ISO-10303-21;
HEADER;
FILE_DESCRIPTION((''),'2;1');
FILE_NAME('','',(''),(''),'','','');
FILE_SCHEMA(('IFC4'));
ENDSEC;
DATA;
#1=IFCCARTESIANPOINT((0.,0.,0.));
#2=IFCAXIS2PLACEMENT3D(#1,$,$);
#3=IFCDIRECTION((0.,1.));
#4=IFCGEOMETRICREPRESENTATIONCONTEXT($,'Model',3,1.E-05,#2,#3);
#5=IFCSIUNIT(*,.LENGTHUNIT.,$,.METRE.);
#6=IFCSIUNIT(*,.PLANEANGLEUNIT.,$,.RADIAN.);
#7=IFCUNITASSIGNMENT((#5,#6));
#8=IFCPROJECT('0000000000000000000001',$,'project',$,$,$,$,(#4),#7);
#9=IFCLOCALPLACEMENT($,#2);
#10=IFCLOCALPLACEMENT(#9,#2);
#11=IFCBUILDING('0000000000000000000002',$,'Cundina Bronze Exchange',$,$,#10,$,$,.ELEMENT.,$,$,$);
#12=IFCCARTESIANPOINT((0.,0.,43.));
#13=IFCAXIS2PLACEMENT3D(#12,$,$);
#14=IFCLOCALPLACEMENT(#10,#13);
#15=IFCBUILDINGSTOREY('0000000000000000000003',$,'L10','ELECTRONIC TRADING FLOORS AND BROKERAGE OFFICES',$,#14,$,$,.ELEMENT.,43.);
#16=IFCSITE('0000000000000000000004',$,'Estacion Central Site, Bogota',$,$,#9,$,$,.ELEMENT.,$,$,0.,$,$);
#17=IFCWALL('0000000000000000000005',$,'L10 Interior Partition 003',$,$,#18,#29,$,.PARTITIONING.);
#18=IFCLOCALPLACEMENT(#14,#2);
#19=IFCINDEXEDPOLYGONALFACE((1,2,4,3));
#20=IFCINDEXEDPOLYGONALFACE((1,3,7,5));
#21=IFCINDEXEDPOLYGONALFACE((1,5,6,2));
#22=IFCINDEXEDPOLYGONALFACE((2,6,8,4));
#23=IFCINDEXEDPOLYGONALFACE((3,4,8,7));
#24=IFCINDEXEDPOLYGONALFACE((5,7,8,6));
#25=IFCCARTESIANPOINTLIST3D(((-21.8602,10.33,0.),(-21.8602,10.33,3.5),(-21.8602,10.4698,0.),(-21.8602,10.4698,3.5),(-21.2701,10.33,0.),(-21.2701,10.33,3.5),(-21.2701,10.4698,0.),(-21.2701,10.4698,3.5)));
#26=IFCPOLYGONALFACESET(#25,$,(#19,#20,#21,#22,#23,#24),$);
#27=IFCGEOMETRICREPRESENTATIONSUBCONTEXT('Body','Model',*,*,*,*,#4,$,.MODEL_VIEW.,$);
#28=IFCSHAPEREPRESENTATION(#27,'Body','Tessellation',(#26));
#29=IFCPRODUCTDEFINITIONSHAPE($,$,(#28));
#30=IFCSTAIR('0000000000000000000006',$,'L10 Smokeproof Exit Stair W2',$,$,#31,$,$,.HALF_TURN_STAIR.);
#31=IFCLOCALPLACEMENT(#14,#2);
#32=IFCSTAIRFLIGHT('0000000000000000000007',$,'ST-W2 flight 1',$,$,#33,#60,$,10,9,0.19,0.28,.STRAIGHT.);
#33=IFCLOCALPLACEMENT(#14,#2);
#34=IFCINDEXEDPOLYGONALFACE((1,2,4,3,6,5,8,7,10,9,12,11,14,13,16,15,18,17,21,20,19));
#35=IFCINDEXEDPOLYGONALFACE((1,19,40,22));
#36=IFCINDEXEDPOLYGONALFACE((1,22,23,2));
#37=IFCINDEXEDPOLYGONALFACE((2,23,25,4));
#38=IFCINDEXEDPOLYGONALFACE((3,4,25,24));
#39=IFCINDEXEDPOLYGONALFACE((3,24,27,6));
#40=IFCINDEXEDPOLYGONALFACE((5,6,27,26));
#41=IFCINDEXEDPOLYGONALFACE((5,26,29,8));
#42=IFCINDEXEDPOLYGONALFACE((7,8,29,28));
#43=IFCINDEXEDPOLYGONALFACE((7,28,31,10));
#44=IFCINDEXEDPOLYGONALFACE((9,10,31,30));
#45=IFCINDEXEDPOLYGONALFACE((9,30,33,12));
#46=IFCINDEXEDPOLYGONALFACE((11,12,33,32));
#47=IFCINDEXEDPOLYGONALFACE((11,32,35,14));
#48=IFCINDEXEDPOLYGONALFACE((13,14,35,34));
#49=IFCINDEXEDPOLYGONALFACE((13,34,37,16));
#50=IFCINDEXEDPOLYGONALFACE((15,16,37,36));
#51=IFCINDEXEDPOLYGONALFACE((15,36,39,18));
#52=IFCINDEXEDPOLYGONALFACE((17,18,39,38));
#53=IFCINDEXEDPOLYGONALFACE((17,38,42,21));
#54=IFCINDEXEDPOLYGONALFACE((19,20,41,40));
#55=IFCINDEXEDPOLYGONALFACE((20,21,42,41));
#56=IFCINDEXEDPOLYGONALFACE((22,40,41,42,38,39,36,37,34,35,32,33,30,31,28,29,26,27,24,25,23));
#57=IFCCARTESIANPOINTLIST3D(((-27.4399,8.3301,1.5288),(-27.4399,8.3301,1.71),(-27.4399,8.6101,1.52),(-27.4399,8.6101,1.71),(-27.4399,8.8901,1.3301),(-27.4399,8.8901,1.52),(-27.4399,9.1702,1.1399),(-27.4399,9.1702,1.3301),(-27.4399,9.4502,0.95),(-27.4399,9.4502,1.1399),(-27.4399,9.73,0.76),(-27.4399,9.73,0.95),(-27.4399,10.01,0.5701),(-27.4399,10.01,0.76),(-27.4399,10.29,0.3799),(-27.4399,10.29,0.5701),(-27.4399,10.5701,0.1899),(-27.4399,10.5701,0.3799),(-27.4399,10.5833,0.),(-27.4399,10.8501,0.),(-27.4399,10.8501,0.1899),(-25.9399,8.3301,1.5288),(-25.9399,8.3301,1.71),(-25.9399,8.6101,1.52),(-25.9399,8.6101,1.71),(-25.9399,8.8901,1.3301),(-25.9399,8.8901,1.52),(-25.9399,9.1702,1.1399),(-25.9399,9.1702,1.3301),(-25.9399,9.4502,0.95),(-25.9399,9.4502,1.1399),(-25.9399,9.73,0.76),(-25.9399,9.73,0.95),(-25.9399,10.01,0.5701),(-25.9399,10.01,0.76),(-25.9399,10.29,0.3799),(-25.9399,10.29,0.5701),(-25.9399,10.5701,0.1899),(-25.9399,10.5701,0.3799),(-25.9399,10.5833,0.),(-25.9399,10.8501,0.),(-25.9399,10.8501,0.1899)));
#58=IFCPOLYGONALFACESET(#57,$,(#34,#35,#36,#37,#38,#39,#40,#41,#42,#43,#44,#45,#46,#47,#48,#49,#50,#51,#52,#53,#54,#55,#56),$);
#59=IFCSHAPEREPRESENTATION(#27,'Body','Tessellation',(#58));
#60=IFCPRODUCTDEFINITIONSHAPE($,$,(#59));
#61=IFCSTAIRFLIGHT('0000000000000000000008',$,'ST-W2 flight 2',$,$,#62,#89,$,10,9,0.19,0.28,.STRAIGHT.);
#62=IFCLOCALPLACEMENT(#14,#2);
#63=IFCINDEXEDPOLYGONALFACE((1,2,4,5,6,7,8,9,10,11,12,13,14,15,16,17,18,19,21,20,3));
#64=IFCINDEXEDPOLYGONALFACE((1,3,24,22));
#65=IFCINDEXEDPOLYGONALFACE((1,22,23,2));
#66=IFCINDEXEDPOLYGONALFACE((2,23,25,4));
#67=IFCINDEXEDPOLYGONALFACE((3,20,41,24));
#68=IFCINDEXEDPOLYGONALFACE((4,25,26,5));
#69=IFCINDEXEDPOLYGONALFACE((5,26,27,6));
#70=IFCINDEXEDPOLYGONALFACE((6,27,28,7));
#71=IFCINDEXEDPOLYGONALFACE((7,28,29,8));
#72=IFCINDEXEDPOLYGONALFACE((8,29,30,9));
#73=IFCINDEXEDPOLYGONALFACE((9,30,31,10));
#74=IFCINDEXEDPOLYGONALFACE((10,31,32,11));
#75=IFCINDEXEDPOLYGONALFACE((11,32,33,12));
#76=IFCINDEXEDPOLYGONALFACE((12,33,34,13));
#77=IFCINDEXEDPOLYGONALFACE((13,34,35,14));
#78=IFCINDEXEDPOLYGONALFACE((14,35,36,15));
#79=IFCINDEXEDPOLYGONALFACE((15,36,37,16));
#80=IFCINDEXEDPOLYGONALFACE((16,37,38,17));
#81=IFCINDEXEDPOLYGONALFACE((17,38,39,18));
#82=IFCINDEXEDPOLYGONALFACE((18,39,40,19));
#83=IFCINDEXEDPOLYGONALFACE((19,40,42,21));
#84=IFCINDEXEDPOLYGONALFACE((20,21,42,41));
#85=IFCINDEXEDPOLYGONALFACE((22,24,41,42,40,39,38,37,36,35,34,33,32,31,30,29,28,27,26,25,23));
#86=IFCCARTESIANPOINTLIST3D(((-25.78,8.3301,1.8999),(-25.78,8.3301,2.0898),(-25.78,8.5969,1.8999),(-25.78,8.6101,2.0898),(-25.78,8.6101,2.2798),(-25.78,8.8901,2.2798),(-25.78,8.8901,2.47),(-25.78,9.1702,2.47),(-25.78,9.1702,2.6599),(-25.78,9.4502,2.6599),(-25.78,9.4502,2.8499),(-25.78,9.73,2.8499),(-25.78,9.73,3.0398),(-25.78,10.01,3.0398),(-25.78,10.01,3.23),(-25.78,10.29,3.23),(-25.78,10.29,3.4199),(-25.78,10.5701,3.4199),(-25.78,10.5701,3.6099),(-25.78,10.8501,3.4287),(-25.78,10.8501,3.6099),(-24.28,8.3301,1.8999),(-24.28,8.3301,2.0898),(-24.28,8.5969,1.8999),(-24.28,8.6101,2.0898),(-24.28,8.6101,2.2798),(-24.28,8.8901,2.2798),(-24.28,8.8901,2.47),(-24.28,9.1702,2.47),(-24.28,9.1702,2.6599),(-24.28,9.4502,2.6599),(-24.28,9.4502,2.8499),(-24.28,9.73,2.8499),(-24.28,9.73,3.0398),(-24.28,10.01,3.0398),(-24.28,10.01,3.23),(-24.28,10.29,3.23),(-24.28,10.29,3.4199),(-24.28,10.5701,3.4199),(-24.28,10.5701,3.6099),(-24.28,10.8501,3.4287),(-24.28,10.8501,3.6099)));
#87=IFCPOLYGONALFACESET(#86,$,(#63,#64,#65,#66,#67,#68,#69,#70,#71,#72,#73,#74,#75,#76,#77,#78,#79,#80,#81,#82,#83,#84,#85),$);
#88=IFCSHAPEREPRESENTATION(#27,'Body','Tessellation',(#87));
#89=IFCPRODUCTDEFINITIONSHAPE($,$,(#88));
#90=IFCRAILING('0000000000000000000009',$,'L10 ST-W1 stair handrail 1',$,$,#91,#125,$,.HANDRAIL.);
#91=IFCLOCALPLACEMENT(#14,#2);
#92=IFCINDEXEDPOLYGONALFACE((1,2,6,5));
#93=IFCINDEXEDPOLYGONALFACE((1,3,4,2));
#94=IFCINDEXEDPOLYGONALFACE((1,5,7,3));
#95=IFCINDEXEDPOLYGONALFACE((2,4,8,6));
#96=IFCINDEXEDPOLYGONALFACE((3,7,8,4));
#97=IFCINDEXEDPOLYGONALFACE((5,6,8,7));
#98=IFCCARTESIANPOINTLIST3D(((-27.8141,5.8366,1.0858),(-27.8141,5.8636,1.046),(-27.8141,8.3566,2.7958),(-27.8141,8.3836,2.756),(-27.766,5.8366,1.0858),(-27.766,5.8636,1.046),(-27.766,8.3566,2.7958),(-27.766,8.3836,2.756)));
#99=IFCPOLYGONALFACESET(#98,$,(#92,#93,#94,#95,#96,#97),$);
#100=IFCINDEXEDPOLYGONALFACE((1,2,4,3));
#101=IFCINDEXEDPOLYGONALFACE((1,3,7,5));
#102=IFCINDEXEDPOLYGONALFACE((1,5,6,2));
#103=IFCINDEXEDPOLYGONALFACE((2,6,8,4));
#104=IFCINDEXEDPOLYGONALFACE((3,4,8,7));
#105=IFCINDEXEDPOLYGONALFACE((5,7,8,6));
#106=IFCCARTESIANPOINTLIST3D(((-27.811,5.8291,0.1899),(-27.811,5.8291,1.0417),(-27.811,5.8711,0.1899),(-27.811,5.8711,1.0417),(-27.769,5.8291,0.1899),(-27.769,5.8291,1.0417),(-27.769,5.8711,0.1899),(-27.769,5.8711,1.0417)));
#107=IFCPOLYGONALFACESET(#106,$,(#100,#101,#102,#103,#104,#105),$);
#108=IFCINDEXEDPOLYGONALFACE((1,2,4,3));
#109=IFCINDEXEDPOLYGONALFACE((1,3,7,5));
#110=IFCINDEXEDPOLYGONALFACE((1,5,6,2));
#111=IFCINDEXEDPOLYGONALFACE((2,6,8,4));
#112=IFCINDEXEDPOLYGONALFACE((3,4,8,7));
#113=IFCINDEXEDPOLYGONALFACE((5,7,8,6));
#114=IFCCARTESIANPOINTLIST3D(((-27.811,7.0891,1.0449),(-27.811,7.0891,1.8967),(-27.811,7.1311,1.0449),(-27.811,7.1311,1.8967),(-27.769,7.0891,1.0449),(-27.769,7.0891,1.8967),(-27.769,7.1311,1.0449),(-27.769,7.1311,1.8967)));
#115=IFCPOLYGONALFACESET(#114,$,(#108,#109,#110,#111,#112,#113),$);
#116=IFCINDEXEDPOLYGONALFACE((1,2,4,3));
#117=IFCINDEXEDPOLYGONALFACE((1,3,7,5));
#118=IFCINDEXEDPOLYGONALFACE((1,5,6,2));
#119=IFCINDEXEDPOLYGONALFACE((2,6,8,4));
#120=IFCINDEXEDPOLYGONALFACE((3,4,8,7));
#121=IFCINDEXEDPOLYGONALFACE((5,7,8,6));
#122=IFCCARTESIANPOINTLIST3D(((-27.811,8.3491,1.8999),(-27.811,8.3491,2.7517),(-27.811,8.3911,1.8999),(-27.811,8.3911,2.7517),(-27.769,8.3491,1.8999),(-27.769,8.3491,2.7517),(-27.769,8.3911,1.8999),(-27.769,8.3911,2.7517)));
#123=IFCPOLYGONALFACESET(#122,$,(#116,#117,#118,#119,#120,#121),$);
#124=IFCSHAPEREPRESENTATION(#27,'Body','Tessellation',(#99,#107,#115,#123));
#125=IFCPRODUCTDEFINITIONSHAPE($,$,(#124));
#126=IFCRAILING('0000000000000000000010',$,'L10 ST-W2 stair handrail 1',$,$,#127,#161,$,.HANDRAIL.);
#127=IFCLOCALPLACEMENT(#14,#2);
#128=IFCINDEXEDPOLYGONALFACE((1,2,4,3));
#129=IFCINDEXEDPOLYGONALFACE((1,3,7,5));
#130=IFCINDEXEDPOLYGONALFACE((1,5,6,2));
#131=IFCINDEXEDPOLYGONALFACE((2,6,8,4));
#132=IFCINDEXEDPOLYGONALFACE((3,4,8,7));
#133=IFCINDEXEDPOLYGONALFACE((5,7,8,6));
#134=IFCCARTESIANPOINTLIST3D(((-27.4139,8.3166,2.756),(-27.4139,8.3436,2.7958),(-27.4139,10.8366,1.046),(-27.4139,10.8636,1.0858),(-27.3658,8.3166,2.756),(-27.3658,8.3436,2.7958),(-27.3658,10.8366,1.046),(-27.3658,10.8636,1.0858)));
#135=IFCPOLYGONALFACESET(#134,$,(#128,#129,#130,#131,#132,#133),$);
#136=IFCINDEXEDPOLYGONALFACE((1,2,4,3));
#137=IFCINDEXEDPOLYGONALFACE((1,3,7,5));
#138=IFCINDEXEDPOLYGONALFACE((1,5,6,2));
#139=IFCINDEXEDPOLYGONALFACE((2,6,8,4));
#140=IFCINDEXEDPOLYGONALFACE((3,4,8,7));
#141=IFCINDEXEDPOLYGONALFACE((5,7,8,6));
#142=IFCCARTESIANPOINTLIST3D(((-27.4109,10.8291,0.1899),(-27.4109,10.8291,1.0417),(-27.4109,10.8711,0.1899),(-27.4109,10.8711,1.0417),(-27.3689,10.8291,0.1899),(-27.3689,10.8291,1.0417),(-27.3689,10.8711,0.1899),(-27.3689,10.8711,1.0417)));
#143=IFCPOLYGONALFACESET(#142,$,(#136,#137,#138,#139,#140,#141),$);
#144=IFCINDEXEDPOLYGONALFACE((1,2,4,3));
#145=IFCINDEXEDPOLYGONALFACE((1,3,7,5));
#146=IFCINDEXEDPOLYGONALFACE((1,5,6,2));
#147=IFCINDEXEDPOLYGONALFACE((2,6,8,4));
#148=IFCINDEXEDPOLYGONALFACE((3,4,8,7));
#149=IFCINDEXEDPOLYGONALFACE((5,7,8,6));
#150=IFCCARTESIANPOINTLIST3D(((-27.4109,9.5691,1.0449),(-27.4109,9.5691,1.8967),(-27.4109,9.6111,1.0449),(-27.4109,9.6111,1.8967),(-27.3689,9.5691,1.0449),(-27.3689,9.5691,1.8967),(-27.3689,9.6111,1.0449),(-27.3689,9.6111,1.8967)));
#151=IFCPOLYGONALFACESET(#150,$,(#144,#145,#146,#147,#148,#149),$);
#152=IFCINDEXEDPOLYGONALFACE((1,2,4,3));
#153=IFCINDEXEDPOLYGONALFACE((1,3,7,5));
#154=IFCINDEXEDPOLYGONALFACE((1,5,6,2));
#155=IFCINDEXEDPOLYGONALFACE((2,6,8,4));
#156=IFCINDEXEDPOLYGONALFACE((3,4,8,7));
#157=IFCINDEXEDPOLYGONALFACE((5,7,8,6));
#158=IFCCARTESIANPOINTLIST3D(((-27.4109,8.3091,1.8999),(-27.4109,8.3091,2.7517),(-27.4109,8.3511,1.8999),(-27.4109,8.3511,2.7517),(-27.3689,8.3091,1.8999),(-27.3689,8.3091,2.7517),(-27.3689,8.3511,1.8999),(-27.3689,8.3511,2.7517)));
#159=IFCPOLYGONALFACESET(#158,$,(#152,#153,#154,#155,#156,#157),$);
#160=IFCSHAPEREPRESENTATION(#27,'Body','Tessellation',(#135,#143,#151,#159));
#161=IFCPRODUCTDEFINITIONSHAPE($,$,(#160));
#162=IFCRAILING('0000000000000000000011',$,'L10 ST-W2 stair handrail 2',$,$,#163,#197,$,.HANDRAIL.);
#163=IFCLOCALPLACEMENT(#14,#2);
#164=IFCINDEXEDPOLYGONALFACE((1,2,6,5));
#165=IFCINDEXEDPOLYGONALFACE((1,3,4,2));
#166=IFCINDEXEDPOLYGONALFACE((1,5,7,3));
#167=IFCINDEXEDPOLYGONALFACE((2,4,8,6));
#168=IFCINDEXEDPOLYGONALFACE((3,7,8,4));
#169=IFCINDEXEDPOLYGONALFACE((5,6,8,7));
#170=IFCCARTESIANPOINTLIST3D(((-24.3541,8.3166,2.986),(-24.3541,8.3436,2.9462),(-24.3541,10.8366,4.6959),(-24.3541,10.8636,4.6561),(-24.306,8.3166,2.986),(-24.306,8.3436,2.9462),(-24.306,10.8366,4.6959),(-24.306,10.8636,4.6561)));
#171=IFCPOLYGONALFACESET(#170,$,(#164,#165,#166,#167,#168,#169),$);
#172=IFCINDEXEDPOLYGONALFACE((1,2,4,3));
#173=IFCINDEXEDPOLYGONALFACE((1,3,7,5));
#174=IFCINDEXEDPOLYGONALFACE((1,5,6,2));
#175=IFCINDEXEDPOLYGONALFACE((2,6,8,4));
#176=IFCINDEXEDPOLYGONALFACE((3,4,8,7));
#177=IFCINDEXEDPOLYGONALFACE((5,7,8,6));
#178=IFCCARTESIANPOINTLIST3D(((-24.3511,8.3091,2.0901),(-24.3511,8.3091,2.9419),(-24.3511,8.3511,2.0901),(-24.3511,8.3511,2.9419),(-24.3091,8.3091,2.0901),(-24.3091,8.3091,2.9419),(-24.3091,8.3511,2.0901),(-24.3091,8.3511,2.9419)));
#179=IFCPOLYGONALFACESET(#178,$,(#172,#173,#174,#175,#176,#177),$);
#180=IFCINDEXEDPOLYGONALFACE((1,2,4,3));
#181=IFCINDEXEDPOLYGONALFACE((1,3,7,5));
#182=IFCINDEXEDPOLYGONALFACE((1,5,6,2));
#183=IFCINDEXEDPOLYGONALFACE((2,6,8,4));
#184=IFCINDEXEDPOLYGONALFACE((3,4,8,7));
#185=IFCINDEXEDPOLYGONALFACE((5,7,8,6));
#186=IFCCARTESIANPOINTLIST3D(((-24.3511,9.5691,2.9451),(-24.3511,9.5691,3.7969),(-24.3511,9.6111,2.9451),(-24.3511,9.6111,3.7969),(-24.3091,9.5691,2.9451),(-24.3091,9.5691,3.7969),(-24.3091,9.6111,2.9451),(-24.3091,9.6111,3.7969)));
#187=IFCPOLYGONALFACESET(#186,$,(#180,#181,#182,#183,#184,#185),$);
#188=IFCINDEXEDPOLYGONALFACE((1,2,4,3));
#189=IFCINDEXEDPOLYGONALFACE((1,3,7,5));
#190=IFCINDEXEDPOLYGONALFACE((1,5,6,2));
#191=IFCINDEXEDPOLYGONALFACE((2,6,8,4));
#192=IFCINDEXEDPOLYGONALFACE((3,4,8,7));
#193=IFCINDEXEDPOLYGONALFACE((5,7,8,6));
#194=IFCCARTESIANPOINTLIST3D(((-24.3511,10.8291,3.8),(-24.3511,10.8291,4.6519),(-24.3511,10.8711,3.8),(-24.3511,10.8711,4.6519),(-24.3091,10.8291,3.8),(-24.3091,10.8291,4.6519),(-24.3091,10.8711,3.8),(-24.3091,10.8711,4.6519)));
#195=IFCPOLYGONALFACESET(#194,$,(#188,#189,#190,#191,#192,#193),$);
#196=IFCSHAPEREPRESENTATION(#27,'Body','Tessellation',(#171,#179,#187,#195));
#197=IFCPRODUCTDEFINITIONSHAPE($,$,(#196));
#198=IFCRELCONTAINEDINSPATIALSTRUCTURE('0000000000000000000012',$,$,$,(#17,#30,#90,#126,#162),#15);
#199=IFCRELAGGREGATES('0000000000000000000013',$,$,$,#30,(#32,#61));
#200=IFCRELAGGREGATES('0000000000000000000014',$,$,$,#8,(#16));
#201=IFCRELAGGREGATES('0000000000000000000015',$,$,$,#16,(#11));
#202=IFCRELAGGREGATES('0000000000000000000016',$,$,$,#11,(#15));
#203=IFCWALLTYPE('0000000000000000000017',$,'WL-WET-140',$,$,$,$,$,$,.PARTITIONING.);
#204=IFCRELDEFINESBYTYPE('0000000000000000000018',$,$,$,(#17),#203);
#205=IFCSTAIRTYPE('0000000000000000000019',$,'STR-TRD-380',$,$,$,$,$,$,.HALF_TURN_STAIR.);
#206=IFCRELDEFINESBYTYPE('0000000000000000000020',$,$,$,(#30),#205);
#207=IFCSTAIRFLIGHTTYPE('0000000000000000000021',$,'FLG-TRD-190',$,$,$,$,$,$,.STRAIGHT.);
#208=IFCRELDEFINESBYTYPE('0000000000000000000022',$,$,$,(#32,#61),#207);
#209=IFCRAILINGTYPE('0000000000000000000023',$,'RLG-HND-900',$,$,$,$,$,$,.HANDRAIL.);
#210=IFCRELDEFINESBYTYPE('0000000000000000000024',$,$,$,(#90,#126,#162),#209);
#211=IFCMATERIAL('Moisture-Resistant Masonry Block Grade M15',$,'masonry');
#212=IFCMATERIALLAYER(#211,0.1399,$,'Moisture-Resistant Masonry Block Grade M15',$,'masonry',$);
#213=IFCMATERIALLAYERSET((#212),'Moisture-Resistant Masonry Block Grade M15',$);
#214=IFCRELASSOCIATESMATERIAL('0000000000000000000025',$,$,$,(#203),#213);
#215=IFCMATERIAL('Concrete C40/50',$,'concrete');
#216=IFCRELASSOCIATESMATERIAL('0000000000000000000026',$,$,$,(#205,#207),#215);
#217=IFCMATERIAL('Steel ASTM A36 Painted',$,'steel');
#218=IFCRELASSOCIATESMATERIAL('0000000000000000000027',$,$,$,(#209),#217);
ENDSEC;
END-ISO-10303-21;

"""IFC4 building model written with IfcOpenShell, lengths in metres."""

from ifc_helpers import new_model, si_unit, direction, frame, frame_2d, origin, origin_2d, place, context, subcontext, project, spatial, polyline, rectangle, outline, extrude, material, layer, layer_set, type_object, element, aggregate, save


model = new_model("IFC4")

# Units and contexts
model_context = context("Model", 3, precision=1e-05, world=origin(), true_north=direction((0.0, 1.0)))
body_context = subcontext(model_context, "Body", "Model", "MODEL_VIEW")
ifc_project = project(units=[si_unit("LENGTHUNIT", "METRE"), si_unit("PLANEANGLEUNIT", "RADIAN")], contexts=[model_context])

# Site, building, storey
site_placement = place(None, origin())
site = spatial("IfcSite", under=ifc_project, at=site_placement, Name="Estacion Central Site, Bogota", CompositionType="ELEMENT", RefElevation=0.0)
building_placement = place(site_placement, origin())
building = spatial("IfcBuilding", under=site, at=building_placement, Name="Cundina Bronze Exchange", CompositionType="ELEMENT")
storey_placement = place(building_placement, frame((0.0, 0.0, 43.0)))
storey = spatial("IfcBuildingStorey", under=building, at=storey_placement, Name="L10", Description="ELECTRONIC TRADING FLOORS AND BROKERAGE OFFICES", CompositionType="ELEMENT", Elevation=43.0)

# Shared definitions
ifc_material_1 = material(Name="Steel ASTM A36 Painted", Category="steel")

# Wall
ifc_material_2 = material(Name="Moisture-Resistant Masonry Block Grade M15", Category="masonry")
ifc_layer_1 = layer(ifc_material_2, 0.1399, Name="Moisture-Resistant Masonry Block Grade M15", Category="masonry")
ifc_layer_set_1 = layer_set([ifc_layer_1], Name="Moisture-Resistant Masonry Block Grade M15")
wall_type_1 = type_object("IfcWallType", Name="WL-WET-140", PredefinedType="PARTITIONING", material=ifc_layer_set_1)
wall_1_placement = place(storey_placement, frame((-21.8601, 10.3999, 0.0), z_axis=(0.0, 0.0, 1.0), x_axis=(1.0, 0.0, 0.0)))
element("IfcWall", 1, at=wall_1_placement, inside=storey, type_object=wall_type_1, Name="L10 Interior Partition 003", PredefinedType="PARTITIONING", context=body_context, shape_type="SweptSolid", body=[
    extrude(rectangle(XDim=0.5901, YDim=0.1399, at=frame_2d((0.2949, 0.0))), origin(), (0.0, 0.0, 1.0), 3.5),
])

# Stair, stair flights
ifc_material_3 = material(Name="Concrete C40/50", Category="concrete")
stair_type = type_object("IfcStairType", Name="STR-TRD-380", PredefinedType="HALF_TURN_STAIR", material=ifc_material_3)
stair_placement = place(storey_placement, origin())
stair = element("IfcStair", 2, at=stair_placement, inside=storey, type_object=stair_type, Name="L10 Smokeproof Exit Stair W2", PredefinedType="HALF_TURN_STAIR")
stair_flight_type = type_object("IfcStairFlightType", Name="FLG-TRD-190", PredefinedType="STRAIGHT", material=ifc_material_3)
stair_flight_1_placement = place(storey_placement, frame((-26.6899, 10.8501, 0.0), z_axis=(0.0, 0.0, 1.0), x_axis=(0.0, -1.0, 0.0)))
stair_flight_1 = element("IfcStairFlight", 3, at=stair_flight_1_placement, type_object=stair_flight_type, Name="ST-W2 flight 1", NumberOfRisers=10, NumberOfTreads=9, PredefinedType="STRAIGHT", RiserHeight=0.19, TreadLength=0.28, context=body_context, shape_type="SweptSolid", body=[
    extrude(outline(polyline([(0.0, 0.0), (0.0, 0.1899), (0.28, 0.1899), (0.28, 0.3799), (0.5601, 0.3799), (0.5601, 0.5701), (0.8401, 0.5701), (0.8401, 0.76), (1.1201, 0.76), (1.1201, 0.95), (1.3999, 0.95), (1.3999, 1.1399), (1.6799, 1.1399), (1.6799, 1.3301), (1.96, 1.3301), (1.96, 1.52), (2.24, 1.52), (2.24, 1.71), (2.52, 1.71), (2.52, 1.8999), (2.52, 1.5288), (0.2668, 0.0), (0.0, 0.0)])), frame((0.0, 0.75, 0.0), z_axis=(0.0, -1.0, 0.0), x_axis=(1.0, 0.0, 0.0)), (0.0, 0.0, 1.0), 1.5),
])
stair_flight_2_placement = place(storey_placement, frame((-25.03, 8.3301, 1.8999), z_axis=(0.0, 0.0, 1.0), x_axis=(0.0, 1.0, 0.0)))
stair_flight_2 = element("IfcStairFlight", 4, at=stair_flight_2_placement, type_object=stair_flight_type, Name="ST-W2 flight 2", NumberOfRisers=10, NumberOfTreads=9, PredefinedType="STRAIGHT", RiserHeight=0.19, TreadLength=0.28, context=body_context, shape_type="SweptSolid", body=[
    extrude(outline(polyline([(0.0, 0.0), (0.0, 0.1899), (0.28, 0.1899), (0.28, 0.3799), (0.5601, 0.3799), (0.5601, 0.5701), (0.8401, 0.5701), (0.8401, 0.76), (1.1201, 0.76), (1.1201, 0.95), (1.3999, 0.95), (1.3999, 1.1399), (1.6799, 1.1399), (1.6799, 1.3301), (1.96, 1.3301), (1.96, 1.52), (2.24, 1.52), (2.24, 1.71), (2.52, 1.71), (2.52, 1.8999), (2.52, 1.5288), (0.2668, 0.0), (0.0, 0.0)])), frame((0.0, 0.75, 0.0), z_axis=(0.0, -1.0, 0.0), x_axis=(1.0, 0.0, 0.0)), (0.0, 0.0, 1.0), 1.5),
])
aggregate(stair, [stair_flight_1, stair_flight_2])

# Railings
railing_type_1 = type_object("IfcRailingType", Name="RLG-HND-900", PredefinedType="HANDRAIL", material=ifc_material_1)
railing_1_placement = place(storey_placement, frame((-27.79, 5.8501, 0.1899)))
element("IfcRailing", 5, at=railing_1_placement, inside=storey, type_object=railing_type_1, Name="L10 ST-W1 stair handrail 1", PredefinedType="HANDRAIL", context=body_context, shape_type="SweptSolid", body=[
    extrude(rectangle(XDim=0.0481, YDim=0.0481, at=origin_2d()), frame((0.0, 0.0, 0.876), z_axis=(0.0, 0.827484, 0.56149), x_axis=(-1.0, 0.0, 0.0)), (0.0, 0.0, 1.0), 3.0454),
    extrude(rectangle(XDim=0.042, YDim=0.042, at=origin_2d()), origin(), (0.0, 0.0, 1.0), 0.8518),
    extrude(rectangle(XDim=0.042, YDim=0.042, at=origin_2d()), frame((0.0, 1.26, 0.855)), (0.0, 0.0, 1.0), 0.8518),
    extrude(rectangle(XDim=0.042, YDim=0.042, at=origin_2d()), frame((0.0, 2.52, 1.71)), (0.0, 0.0, 1.0), 0.8518),
])
railing_2_placement = place(storey_placement, frame((-27.3899, 10.8501, 0.1899)))
element("IfcRailing", 6, at=railing_2_placement, inside=storey, type_object=railing_type_1, Name="L10 ST-W2 stair handrail 1", PredefinedType="HANDRAIL", context=body_context, shape_type="SweptSolid", body=[
    extrude(rectangle(XDim=0.0481, YDim=0.0481, at=origin_2d()), frame((0.0, 0.0, 0.876), z_axis=(0.0, -0.827484, 0.56149), x_axis=(1.0, 0.0, 0.0)), (0.0, 0.0, 1.0), 3.0454),
    extrude(rectangle(XDim=0.042, YDim=0.042, at=origin_2d()), origin(), (0.0, 0.0, 1.0), 0.8518),
    extrude(rectangle(XDim=0.042, YDim=0.042, at=origin_2d()), frame((0.0, -1.26, 0.855)), (0.0, 0.0, 1.0), 0.8518),
    extrude(rectangle(XDim=0.042, YDim=0.042, at=origin_2d()), frame((0.0, -2.52, 1.71)), (0.0, 0.0, 1.0), 0.8518),
])
railing_3_placement = place(storey_placement, frame((-24.3301, 8.3301, 2.0901)))
element("IfcRailing", 7, at=railing_3_placement, inside=storey, type_object=railing_type_1, Name="L10 ST-W2 stair handrail 2", PredefinedType="HANDRAIL", context=body_context, shape_type="SweptSolid", body=[
    extrude(rectangle(XDim=0.0481, YDim=0.0481, at=origin_2d()), frame((0.0, 0.0, 0.876), z_axis=(0.0, 0.827484, 0.56149), x_axis=(-1.0, 0.0, 0.0)), (0.0, 0.0, 1.0), 3.0454),
    extrude(rectangle(XDim=0.042, YDim=0.042, at=origin_2d()), origin(), (0.0, 0.0, 1.0), 0.8518),
    extrude(rectangle(XDim=0.042, YDim=0.042, at=origin_2d()), frame((0.0, 1.26, 0.855)), (0.0, 0.0, 1.0), 0.8518),
    extrude(rectangle(XDim=0.042, YDim=0.042, at=origin_2d()), frame((0.0, 2.52, 1.71)), (0.0, 0.0, 1.0), 0.8518),
])

save(model, "model.ifc")
